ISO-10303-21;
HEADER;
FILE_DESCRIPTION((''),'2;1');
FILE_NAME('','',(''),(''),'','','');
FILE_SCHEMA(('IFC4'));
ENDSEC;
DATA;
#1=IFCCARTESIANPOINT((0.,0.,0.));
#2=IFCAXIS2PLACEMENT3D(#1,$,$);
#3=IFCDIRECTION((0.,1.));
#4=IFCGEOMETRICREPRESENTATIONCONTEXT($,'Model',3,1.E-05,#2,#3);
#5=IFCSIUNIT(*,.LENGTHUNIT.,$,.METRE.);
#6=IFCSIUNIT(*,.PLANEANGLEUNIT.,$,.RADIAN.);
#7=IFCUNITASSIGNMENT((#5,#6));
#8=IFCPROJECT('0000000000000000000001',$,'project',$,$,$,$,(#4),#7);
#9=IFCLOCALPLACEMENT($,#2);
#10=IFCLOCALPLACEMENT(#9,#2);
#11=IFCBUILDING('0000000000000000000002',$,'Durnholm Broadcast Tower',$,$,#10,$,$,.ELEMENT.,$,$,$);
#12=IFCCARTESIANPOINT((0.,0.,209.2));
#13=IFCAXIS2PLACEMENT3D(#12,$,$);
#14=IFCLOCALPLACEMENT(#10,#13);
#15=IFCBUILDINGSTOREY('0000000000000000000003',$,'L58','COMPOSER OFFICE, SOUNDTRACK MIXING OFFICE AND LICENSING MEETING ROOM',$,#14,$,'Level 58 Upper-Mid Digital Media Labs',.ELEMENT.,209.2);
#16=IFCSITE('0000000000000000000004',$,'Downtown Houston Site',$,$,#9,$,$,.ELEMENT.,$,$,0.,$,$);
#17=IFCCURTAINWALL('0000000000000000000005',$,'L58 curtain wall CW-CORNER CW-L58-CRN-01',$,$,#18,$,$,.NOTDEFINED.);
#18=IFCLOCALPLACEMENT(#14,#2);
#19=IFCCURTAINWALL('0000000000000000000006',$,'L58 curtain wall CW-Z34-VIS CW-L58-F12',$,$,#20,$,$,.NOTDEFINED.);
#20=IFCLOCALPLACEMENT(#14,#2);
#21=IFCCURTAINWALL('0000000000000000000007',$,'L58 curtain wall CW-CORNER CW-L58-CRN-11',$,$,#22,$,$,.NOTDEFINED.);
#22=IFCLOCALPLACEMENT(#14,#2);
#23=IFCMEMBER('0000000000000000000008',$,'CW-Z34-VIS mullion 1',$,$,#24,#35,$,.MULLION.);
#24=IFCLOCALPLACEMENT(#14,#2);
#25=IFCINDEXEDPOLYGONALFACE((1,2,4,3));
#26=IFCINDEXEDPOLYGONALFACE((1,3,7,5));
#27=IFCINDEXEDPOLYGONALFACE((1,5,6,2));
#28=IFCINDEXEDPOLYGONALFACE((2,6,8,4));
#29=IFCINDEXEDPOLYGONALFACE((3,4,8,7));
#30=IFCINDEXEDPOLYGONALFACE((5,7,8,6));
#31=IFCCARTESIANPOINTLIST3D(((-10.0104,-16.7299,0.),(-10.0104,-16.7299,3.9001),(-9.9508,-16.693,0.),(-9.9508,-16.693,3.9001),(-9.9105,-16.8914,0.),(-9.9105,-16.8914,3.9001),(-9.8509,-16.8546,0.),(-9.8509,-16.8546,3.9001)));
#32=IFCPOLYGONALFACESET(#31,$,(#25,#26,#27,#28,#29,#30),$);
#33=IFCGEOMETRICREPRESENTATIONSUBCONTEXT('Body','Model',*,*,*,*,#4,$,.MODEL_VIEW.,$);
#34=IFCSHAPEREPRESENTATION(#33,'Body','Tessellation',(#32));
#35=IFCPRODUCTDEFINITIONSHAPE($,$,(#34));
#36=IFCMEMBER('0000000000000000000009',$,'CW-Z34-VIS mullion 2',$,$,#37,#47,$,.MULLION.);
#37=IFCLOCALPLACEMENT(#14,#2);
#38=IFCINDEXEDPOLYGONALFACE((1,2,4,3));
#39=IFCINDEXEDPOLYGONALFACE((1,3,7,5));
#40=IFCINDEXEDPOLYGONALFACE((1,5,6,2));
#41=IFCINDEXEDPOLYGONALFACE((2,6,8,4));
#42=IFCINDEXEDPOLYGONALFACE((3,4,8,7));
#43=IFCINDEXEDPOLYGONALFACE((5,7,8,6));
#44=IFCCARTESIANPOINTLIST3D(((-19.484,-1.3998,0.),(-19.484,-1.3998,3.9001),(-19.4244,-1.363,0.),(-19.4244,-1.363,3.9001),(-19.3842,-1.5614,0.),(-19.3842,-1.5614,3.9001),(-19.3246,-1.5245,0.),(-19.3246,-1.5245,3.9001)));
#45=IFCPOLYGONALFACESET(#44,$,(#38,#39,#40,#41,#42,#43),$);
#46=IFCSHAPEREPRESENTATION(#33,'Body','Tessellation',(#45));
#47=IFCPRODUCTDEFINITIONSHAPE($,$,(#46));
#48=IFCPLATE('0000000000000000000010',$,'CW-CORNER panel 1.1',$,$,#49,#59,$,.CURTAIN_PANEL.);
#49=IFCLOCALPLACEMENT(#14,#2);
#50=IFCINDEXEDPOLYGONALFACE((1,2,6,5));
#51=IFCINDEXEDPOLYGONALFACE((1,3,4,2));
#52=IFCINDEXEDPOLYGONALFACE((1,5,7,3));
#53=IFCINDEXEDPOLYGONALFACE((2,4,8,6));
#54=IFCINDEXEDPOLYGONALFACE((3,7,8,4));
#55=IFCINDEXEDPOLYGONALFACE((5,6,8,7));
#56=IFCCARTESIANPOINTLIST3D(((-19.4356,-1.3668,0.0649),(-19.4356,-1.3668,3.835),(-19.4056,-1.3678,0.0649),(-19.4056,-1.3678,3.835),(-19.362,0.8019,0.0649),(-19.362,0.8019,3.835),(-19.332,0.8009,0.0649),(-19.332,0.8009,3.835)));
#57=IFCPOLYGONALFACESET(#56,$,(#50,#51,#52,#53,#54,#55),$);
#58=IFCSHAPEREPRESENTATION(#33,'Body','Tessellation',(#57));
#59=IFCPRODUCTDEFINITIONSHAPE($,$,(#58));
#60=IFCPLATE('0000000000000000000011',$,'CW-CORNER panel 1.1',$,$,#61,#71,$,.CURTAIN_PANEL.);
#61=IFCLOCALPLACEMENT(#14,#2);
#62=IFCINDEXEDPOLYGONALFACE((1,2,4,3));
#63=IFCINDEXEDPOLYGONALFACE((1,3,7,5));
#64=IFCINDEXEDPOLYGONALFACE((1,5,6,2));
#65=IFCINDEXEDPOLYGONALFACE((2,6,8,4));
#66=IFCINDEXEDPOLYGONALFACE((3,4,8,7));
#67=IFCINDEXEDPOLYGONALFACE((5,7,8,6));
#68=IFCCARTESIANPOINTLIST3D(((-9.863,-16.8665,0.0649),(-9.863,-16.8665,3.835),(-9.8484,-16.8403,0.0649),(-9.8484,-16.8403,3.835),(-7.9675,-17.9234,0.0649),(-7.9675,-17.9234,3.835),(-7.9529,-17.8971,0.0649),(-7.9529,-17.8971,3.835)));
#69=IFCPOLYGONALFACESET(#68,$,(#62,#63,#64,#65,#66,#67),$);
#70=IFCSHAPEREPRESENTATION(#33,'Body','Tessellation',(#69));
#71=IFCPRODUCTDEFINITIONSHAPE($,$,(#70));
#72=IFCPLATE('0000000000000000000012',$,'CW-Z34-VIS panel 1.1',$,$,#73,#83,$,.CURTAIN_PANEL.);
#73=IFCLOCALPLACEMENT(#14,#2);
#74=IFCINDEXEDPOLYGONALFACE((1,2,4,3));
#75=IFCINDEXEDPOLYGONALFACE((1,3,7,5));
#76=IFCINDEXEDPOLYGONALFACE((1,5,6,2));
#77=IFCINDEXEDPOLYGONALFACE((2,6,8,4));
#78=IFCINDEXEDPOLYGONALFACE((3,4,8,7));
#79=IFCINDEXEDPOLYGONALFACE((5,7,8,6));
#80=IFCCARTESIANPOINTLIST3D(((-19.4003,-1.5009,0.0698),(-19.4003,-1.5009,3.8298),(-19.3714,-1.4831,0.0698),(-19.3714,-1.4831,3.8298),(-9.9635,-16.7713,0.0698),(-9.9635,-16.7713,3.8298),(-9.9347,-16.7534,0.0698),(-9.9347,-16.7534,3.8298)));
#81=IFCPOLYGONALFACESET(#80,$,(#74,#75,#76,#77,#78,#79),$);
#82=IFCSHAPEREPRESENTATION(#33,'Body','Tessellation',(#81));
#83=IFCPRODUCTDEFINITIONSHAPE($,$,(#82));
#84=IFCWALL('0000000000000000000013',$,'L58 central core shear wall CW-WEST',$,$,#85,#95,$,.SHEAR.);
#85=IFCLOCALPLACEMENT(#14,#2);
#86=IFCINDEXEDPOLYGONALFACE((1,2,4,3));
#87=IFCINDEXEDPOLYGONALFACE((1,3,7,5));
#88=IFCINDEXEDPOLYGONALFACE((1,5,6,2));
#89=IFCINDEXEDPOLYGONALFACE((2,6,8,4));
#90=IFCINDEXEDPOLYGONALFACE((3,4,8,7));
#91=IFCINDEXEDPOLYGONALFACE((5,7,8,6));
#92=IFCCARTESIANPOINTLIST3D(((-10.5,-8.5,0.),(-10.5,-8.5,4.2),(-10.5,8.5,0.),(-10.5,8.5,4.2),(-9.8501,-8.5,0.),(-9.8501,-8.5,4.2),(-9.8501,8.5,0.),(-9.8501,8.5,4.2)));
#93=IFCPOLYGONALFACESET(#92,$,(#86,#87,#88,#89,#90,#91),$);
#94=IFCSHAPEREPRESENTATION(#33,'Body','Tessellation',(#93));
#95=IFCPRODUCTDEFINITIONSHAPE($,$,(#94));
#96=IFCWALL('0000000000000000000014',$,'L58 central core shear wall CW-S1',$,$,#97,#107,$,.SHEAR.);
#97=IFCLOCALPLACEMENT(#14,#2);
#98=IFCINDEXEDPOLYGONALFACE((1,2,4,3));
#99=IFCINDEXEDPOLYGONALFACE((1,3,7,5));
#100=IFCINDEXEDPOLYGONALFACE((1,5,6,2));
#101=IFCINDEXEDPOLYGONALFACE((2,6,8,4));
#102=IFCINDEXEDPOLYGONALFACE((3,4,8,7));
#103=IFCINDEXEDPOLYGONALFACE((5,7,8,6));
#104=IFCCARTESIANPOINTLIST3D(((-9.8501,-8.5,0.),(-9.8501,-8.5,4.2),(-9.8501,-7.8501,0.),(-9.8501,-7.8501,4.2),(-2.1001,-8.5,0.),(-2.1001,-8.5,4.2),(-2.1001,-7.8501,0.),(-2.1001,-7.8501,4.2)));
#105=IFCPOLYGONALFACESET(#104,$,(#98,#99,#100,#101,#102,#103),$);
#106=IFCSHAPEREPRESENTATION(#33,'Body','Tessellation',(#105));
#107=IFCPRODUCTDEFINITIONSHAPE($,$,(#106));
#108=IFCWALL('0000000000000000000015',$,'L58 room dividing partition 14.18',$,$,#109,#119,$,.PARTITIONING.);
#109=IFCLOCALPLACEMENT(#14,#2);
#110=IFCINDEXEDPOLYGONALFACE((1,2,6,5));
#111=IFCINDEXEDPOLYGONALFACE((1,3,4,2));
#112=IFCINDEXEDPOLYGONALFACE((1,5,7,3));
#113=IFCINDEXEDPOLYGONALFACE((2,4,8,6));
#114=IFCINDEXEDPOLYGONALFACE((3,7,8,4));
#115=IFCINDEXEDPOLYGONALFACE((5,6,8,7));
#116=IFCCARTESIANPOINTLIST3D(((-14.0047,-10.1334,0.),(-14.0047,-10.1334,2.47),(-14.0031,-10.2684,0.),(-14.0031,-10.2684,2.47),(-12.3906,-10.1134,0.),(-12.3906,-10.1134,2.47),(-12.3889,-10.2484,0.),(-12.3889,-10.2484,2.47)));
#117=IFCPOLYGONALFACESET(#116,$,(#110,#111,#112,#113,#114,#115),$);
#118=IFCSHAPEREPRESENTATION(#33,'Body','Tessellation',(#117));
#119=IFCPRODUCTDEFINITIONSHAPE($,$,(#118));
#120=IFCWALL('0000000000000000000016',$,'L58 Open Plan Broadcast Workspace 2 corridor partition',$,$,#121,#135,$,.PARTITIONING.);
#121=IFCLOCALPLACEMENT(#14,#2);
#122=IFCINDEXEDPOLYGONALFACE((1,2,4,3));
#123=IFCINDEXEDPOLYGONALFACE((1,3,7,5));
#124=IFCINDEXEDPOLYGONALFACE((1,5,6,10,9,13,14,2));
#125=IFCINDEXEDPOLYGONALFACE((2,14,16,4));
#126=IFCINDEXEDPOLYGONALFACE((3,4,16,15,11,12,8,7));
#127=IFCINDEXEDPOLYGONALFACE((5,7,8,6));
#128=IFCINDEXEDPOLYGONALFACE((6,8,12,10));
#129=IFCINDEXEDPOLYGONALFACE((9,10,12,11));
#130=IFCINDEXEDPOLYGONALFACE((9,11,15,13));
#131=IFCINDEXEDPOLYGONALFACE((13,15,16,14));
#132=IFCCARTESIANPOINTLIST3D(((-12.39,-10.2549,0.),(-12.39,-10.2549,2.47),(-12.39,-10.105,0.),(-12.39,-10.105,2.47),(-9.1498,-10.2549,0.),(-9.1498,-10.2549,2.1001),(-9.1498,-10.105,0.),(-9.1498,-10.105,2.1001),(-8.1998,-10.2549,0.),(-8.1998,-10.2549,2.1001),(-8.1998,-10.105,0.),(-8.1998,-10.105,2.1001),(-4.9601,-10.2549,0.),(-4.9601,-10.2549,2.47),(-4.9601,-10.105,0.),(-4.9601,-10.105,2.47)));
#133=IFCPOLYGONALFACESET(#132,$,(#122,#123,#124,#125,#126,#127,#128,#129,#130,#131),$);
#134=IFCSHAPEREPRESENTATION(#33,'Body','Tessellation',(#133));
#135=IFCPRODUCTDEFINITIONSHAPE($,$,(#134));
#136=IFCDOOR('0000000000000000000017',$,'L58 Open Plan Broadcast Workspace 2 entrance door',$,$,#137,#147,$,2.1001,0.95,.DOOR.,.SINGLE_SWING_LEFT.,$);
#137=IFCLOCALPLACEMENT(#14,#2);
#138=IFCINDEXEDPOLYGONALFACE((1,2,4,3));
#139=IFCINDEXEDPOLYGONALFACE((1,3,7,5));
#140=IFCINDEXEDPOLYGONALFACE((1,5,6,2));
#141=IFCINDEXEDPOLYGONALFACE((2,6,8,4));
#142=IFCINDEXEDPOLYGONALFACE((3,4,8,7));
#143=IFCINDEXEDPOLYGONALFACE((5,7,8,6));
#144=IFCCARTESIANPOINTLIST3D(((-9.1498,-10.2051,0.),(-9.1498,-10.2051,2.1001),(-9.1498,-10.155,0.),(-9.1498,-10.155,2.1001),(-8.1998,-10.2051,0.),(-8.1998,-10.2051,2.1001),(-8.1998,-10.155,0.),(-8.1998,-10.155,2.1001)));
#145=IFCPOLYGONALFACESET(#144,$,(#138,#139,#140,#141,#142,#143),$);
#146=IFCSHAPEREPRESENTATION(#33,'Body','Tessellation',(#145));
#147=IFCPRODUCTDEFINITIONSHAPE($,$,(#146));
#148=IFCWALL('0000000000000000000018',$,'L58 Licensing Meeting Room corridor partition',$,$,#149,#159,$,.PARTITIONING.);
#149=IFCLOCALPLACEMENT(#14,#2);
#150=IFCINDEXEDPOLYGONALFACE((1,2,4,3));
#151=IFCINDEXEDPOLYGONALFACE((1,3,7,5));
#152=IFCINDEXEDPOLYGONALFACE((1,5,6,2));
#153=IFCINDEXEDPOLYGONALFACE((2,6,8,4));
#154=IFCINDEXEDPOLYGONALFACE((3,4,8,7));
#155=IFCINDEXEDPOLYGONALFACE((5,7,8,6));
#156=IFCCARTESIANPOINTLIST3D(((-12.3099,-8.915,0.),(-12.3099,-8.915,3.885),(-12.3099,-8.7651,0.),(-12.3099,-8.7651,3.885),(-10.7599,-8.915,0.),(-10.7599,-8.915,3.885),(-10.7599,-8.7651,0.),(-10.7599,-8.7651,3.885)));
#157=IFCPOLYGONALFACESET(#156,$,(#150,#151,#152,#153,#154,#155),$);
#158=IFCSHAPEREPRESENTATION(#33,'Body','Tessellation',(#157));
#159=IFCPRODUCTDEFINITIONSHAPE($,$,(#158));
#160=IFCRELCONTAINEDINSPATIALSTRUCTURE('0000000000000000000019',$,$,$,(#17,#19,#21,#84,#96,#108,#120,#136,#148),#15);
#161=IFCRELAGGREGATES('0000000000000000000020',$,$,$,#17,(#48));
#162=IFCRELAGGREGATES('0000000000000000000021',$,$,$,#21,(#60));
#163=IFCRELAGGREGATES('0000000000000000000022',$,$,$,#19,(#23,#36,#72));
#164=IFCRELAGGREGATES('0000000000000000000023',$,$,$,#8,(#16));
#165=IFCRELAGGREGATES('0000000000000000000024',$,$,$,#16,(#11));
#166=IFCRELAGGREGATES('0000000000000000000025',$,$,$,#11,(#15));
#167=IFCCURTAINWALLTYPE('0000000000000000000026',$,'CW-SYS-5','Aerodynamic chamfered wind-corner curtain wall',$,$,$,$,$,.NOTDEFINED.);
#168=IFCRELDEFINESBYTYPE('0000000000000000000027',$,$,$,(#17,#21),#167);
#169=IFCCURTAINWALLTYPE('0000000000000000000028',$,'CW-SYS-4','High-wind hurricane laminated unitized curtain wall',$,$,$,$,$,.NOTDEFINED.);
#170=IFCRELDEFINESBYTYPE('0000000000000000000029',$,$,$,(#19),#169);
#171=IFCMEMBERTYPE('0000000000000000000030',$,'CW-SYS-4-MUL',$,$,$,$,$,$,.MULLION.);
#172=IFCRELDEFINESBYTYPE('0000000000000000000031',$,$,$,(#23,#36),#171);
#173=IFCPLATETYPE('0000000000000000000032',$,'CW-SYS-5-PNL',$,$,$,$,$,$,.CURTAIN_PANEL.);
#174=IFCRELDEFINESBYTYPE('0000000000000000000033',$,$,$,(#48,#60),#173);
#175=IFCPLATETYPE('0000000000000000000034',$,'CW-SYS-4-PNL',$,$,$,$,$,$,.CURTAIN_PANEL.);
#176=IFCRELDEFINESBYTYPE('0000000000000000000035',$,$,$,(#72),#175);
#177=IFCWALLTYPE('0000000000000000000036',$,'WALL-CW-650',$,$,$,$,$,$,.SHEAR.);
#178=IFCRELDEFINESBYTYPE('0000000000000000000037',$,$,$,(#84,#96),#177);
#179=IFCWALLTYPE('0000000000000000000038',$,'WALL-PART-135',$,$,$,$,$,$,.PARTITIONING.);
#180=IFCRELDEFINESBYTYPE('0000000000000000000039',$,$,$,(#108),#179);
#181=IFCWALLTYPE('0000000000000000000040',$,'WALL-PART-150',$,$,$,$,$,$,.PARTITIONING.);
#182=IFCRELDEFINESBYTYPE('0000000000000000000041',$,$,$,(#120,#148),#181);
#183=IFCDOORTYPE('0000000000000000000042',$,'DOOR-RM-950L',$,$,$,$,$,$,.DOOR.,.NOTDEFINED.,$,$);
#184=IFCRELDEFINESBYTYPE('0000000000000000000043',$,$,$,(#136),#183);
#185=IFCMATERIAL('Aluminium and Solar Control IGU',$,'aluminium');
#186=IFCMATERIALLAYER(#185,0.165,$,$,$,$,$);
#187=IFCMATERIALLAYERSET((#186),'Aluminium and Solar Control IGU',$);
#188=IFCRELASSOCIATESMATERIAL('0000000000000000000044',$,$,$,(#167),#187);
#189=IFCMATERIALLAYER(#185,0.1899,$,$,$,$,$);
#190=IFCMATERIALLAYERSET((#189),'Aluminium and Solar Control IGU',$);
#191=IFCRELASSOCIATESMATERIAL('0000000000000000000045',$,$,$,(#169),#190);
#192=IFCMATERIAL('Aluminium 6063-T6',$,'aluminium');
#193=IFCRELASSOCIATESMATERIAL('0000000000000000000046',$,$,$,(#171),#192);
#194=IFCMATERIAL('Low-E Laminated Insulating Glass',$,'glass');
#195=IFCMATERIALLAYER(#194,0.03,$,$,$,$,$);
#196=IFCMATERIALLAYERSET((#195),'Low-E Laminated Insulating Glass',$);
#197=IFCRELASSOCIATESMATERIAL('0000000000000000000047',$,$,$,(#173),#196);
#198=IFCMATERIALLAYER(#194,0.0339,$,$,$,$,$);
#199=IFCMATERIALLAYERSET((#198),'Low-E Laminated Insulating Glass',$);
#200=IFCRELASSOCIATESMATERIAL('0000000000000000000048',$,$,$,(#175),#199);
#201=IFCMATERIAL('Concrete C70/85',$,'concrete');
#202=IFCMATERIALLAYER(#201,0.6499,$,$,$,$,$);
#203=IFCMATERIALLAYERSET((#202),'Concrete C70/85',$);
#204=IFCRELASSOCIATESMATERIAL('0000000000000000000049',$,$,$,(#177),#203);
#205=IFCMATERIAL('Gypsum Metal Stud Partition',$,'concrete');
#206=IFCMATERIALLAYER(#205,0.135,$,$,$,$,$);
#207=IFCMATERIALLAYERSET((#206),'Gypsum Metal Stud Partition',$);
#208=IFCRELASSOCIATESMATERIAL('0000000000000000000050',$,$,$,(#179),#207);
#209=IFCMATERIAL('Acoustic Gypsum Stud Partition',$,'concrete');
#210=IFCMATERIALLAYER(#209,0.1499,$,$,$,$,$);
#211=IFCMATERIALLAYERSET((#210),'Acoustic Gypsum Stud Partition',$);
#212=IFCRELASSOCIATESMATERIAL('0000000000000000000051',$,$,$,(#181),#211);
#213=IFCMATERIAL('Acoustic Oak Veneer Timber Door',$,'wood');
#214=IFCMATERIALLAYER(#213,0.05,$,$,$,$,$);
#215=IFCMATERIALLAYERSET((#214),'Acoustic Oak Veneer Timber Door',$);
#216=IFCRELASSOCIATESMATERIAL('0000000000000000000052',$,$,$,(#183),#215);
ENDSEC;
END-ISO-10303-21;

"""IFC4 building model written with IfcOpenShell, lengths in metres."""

from ifc_helpers import new_model, si_unit, direction, frame, frame_2d, origin, origin_2d, place, context, subcontext, project, spatial, rectangle, extrude, source, transform, mapped, material, layer, layer_set, material_profile, profile_set, type_object, type_shapes, element, fill, aggregate, save


model = new_model("IFC4")

# Units and contexts
model_context = context("Model", 3, precision=1e-05, world=origin(), true_north=direction((0.0, 1.0)))
body_context = subcontext(model_context, "Body", "Model", "MODEL_VIEW")
ifc_project = project(units=[si_unit("LENGTHUNIT", "METRE"), si_unit("PLANEANGLEUNIT", "RADIAN")], contexts=[model_context])

# Site, building, storey
site_placement = place(None, origin())
site = spatial("IfcSite", under=ifc_project, at=site_placement, Name="Downtown Houston Site", CompositionType="ELEMENT", RefElevation=0.0)
building_placement = place(site_placement, origin())
building = spatial("IfcBuilding", under=site, at=building_placement, Name="Durnholm Broadcast Tower", CompositionType="ELEMENT")
storey_placement = place(building_placement, frame((0.0, 0.0, 209.2)))
storey = spatial("IfcBuildingStorey", under=building, at=storey_placement, Name="L58", Description="COMPOSER OFFICE, SOUNDTRACK MIXING OFFICE AND LICENSING MEETING ROOM", LongName="Level 58 Upper-Mid Digital Media Labs", CompositionType="ELEMENT", Elevation=209.2)

# Shared definitions
ifc_material_1 = material(Name="Concrete C70/85", Category="concrete")

# Curtain walls
ifc_material_2 = material(Name="Aluminium and Solar Control IGU", Category="aluminium")
ifc_layer_1 = layer(ifc_material_2, 0.165)
ifc_layer_set_1 = layer_set([ifc_layer_1], Name="Aluminium and Solar Control IGU")
curtain_wall_type_1 = type_object("IfcCurtainWallType", Name="CW-SYS-5", Description="Aerodynamic chamfered wind-corner curtain wall", PredefinedType="NOTDEFINED", material=ifc_layer_set_1)
curtain_wall_1_placement = place(storey_placement, origin())
curtain_wall_1 = element("IfcCurtainWall", 1, at=curtain_wall_1_placement, inside=storey, type_object=curtain_wall_type_1, Name="L58 curtain wall CW-CORNER CW-L58-CRN-01", PredefinedType="NOTDEFINED")
ifc_material_3 = material(Name="Aluminium 6063-T6", Category="aluminium")
ifc_layer_2 = layer(ifc_material_2, 0.1899)
ifc_layer_set_2 = layer_set([ifc_layer_2], Name="Aluminium and Solar Control IGU")
curtain_wall_type_2 = type_object("IfcCurtainWallType", Name="CW-SYS-4", Description="High-wind hurricane laminated unitized curtain wall", PredefinedType="NOTDEFINED", material=ifc_layer_set_2)
curtain_wall_2_placement = place(storey_placement, origin())
curtain_wall_2 = element("IfcCurtainWall", 2, at=curtain_wall_2_placement, inside=storey, type_object=curtain_wall_type_2, Name="L58 curtain wall CW-Z34-VIS CW-L58-F12", PredefinedType="NOTDEFINED")

# Curtain wall
curtain_wall_3_placement = place(storey_placement, origin())
curtain_wall_3 = element("IfcCurtainWall", 3, at=curtain_wall_3_placement, inside=storey, type_object=curtain_wall_type_1, Name="L58 curtain wall CW-CORNER CW-L58-CRN-11", PredefinedType="NOTDEFINED")

# Members
ifc_material_profile_1 = material_profile(ifc_material_3, rectangle(XDim=0.0701, YDim=0.1899, at=origin_2d()), Name="CWM70X190")
ifc_profile_set_1 = profile_set([ifc_material_profile_1], Name="Aluminium 6063-T6")
member_type_1 = type_object("IfcMemberType", Name="CW-SYS-4-MUL", PredefinedType="MULLION", material=ifc_profile_set_1)
shared_shape_1 = source(origin(), body_context, "Body", "SweptSolid", [
    extrude(rectangle(XDim=0.0701, YDim=0.1899, at=origin_2d()), origin(), (0.0, 0.0, 1.0), 3.9001),
])
type_shapes(member_type_1, [shared_shape_1])
member_1_placement = place(storey_placement, frame((-9.9307, -16.7922, 0.0), z_axis=(0.0, 0.0, 1.0), x_axis=(-0.850671, -0.525698, 0.0)))
member_1 = element("IfcMember", 4, at=member_1_placement, type_object=member_type_1, Name="CW-Z34-VIS mullion 1", PredefinedType="MULLION", context=body_context, shape_type="MappedRepresentation", body=[
    mapped(shared_shape_1, transform((0.0, 0.0, 0.0), x_axis=(1.0, 0.0, 0.0), y_axis=(0.0, 1.0, 0.0), z_axis=(0.0, 0.0, 1.0), scale=1.0)),
])
member_2_placement = place(storey_placement, frame((-19.4043, -1.4622, 0.0), z_axis=(0.0, 0.0, 1.0), x_axis=(-0.850671, -0.525698, 0.0)))
member_2 = element("IfcMember", 5, at=member_2_placement, type_object=member_type_1, Name="CW-Z34-VIS mullion 2", PredefinedType="MULLION", context=body_context, shape_type="MappedRepresentation", body=[
    mapped(shared_shape_1, transform((0.0, 0.0, 0.0), x_axis=(1.0, 0.0, 0.0), y_axis=(0.0, 1.0, 0.0), z_axis=(0.0, 0.0, 1.0), scale=1.0)),
])

# Plates
ifc_material_4 = material(Name="Low-E Laminated Insulating Glass", Category="glass")
ifc_layer_3 = layer(ifc_material_4, 0.03)
ifc_layer_set_3 = layer_set([ifc_layer_3], Name="Low-E Laminated Insulating Glass")
plate_type_1 = type_object("IfcPlateType", Name="CW-SYS-5-PNL", PredefinedType="CURTAIN_PANEL", material=ifc_layer_set_3)
shared_shape_2 = source(origin(), body_context, "Body", "SweptSolid", [
    extrude(rectangle(XDim=2.1699, YDim=0.03, at=origin_2d()), origin(), (0.0, 0.0, 1.0), 3.77),
])
plate_1_placement = place(storey_placement, frame((-19.3838, -0.283, 0.0649), z_axis=(0.0, 0.0, 1.0), x_axis=(0.033913, 0.999425, 0.0)))
plate_1 = element("IfcPlate", 6, at=plate_1_placement, type_object=plate_type_1, Name="CW-CORNER panel 1.1", PredefinedType="CURTAIN_PANEL", context=body_context, shape_type="MappedRepresentation", body=[
    mapped(shared_shape_2, transform((0.0, 0.0, 0.0), x_axis=(1.0, 0.0, 0.0), y_axis=(0.0, 1.0, 0.0), z_axis=(0.0, 0.0, 1.0), scale=1.0)),
])
aggregate(curtain_wall_1, [plate_1])
shared_shape_3 = source(origin(), body_context, "Body", "SweptSolid", [
    extrude(rectangle(XDim=2.1702, YDim=0.03, at=origin_2d()), origin(), (0.0, 0.0, 1.0), 3.77),
])
type_shapes(plate_type_1, [shared_shape_2, shared_shape_3])
plate_2_placement = place(storey_placement, frame((-8.908, -17.3818, 0.0649), z_axis=(0.0, 0.0, 1.0), x_axis=(-0.87341, 0.486986, 0.0)))
plate_2 = element("IfcPlate", 7, at=plate_2_placement, type_object=plate_type_1, Name="CW-CORNER panel 1.1", PredefinedType="CURTAIN_PANEL", context=body_context, shape_type="MappedRepresentation", body=[
    mapped(shared_shape_3, transform((0.0, 0.0, 0.0), x_axis=(1.0, 0.0, 0.0), y_axis=(0.0, 1.0, 0.0), z_axis=(0.0, 0.0, 1.0), scale=1.0)),
])
aggregate(curtain_wall_3, [plate_2])
ifc_layer_4 = layer(ifc_material_4, 0.0339)
ifc_layer_set_4 = layer_set([ifc_layer_4], Name="Low-E Laminated Insulating Glass")
plate_type_2 = type_object("IfcPlateType", Name="CW-SYS-4-PNL", PredefinedType="CURTAIN_PANEL", material=ifc_layer_set_4)
shared_shape_4 = source(origin(), body_context, "Body", "SweptSolid", [
    extrude(rectangle(XDim=17.9509, YDim=0.0339, at=origin_2d()), origin(), (0.0, 0.0, 1.0), 3.76),
])
type_shapes(plate_type_2, [shared_shape_4])
plate_3_placement = place(storey_placement, frame((-14.6675, -9.1272, 0.0698), z_axis=(0.0, 0.0, 1.0), x_axis=(-0.525698, 0.850671, 0.0)))
plate_3 = element("IfcPlate", 8, at=plate_3_placement, type_object=plate_type_2, Name="CW-Z34-VIS panel 1.1", PredefinedType="CURTAIN_PANEL", context=body_context, shape_type="MappedRepresentation", body=[
    mapped(shared_shape_4, transform((0.0, 0.0, 0.0), x_axis=(1.0, 0.0, 0.0), y_axis=(0.0, 1.0, 0.0), z_axis=(0.0, 0.0, 1.0), scale=1.0)),
])
aggregate(curtain_wall_2, [member_1, member_2, plate_3])

# Walls
ifc_layer_5 = layer(ifc_material_1, 0.6499)
ifc_layer_set_5 = layer_set([ifc_layer_5], Name="Concrete C70/85")
wall_type_1 = type_object("IfcWallType", Name="WALL-CW-650", PredefinedType="SHEAR", material=ifc_layer_set_5)
wall_1_placement = place(storey_placement, frame((-10.175, -8.5, 0.0), z_axis=(0.0, 0.0, 1.0), x_axis=(0.0, 1.0, 0.0)))
element("IfcWall", 9, at=wall_1_placement, inside=storey, type_object=wall_type_1, Name="L58 central core shear wall CW-WEST", PredefinedType="SHEAR", context=body_context, shape_type="SweptSolid", body=[
    extrude(rectangle(XDim=17.0, YDim=0.6499, at=frame_2d((8.5, 0.0))), origin(), (0.0, 0.0, 1.0), 4.2),
])
wall_2_placement = place(storey_placement, frame((-9.8501, -8.175, 0.0), z_axis=(0.0, 0.0, 1.0), x_axis=(1.0, 0.0, 0.0)))
element("IfcWall", 10, at=wall_2_placement, inside=storey, type_object=wall_type_1, Name="L58 central core shear wall CW-S1", PredefinedType="SHEAR", context=body_context, shape_type="SweptSolid", body=[
    extrude(rectangle(XDim=7.75, YDim=0.6499, at=frame_2d((3.875, 0.0))), origin(), (0.0, 0.0, 1.0), 4.2),
])
ifc_material_5 = material(Name="Gypsum Metal Stud Partition", Category="concrete")
ifc_layer_6 = layer(ifc_material_5, 0.135)
ifc_layer_set_6 = layer_set([ifc_layer_6], Name="Gypsum Metal Stud Partition")
wall_type_2 = type_object("IfcWallType", Name="WALL-PART-135", PredefinedType="PARTITIONING", material=ifc_layer_set_6)
wall_3_placement = place(storey_placement, frame((-14.0039, -10.2009, 0.0), z_axis=(0.0, 0.0, 1.0), x_axis=(0.999923, 0.012403, 0.0)))
element("IfcWall", 11, at=wall_3_placement, inside=storey, type_object=wall_type_2, Name="L58 room dividing partition 14.18", PredefinedType="PARTITIONING", context=body_context, shape_type="SweptSolid", body=[
    extrude(rectangle(XDim=1.6143, YDim=0.135, at=frame_2d((0.8071, 0.0))), origin(), (0.0, 0.0, 1.0), 2.47),
])

# Wall, opening, door
ifc_material_6 = material(Name="Acoustic Gypsum Stud Partition", Category="concrete")
ifc_layer_7 = layer(ifc_material_6, 0.1499)
ifc_layer_set_7 = layer_set([ifc_layer_7], Name="Acoustic Gypsum Stud Partition")
wall_type_3 = type_object("IfcWallType", Name="WALL-PART-150", PredefinedType="PARTITIONING", material=ifc_layer_set_7)
wall_4_placement = place(storey_placement, frame((-12.3899, -10.1799, 0.0), z_axis=(0.0, 0.0, 1.0), x_axis=(1.0, 0.0, 0.0)))
wall_4 = element("IfcWall", 12, at=wall_4_placement, inside=storey, type_object=wall_type_3, Name="L58 Open Plan Broadcast Workspace 2 corridor partition", PredefinedType="PARTITIONING", context=body_context, shape_type="SweptSolid", body=[
    extrude(rectangle(XDim=7.4299, YDim=0.1499, at=frame_2d((3.7148, 0.0))), origin(), (0.0, 0.0, 1.0), 2.47),
])
opening_1_placement = place(wall_4_placement, frame((3.24, 0.0, 0.0)))
opening_1 = element("IfcOpeningElement", 13, at=opening_1_placement, cuts=wall_4, PredefinedType="OPENING", context=body_context, shape_type="SweptSolid", body=[
    extrude(rectangle(XDim=0.95, YDim=2.1001, at=frame_2d((0.4751, 1.05))), frame((0.0, 0.085, 0.0), z_axis=(0.0, -1.0, 0.0), x_axis=(1.0, 0.0, 0.0)), (0.0, 0.0, 1.0), 0.1699),
])
ifc_material_7 = material(Name="Acoustic Oak Veneer Timber Door", Category="wood")
ifc_layer_8 = layer(ifc_material_7, 0.05)
ifc_layer_set_8 = layer_set([ifc_layer_8], Name="Acoustic Oak Veneer Timber Door")
door_type_1 = type_object("IfcDoorType", Name="DOOR-RM-950L", OperationType="NOTDEFINED", PredefinedType="DOOR", material=ifc_layer_set_8)
shared_shape_5 = source(origin(), body_context, "Body", "SweptSolid", [
    extrude(rectangle(XDim=0.95, YDim=2.1001, at=frame_2d((0.4751, 1.05))), frame((0.0, 0.0249, 0.0), z_axis=(0.0, -1.0, 0.0), x_axis=(1.0, 0.0, 0.0)), (0.0, 0.0, 1.0), 0.05),
])
type_shapes(door_type_1, [shared_shape_5])
door_1_placement = place(opening_1_placement, origin())
door_1 = element("IfcDoor", 14, at=door_1_placement, inside=storey, type_object=door_type_1, Name="L58 Open Plan Broadcast Workspace 2 entrance door", OperationType="SINGLE_SWING_LEFT", OverallHeight=2.1001, OverallWidth=0.95, PredefinedType="DOOR", context=body_context, shape_type="MappedRepresentation", body=[
    mapped(shared_shape_5, transform((0.0, 0.0, 0.0), x_axis=(1.0, 0.0, 0.0), y_axis=(0.0, 1.0, 0.0), z_axis=(0.0, 0.0, 1.0), scale=1.0)),
])
fill(opening_1, door_1)

# Wall
wall_5_placement = place(storey_placement, frame((-10.76, -8.8401, 0.0), z_axis=(0.0, 0.0, 1.0), x_axis=(-1.0, 0.0, 0.0)))
element("IfcWall", 15, at=wall_5_placement, inside=storey, type_object=wall_type_3, Name="L58 Licensing Meeting Room corridor partition", PredefinedType="PARTITIONING", context=body_context, shape_type="SweptSolid", body=[
    extrude(rectangle(XDim=1.55, YDim=0.1499, at=frame_2d((0.7749, 0.0))), origin(), (0.0, 0.0, 1.0), 3.885),
])

save(model, "model.ifc")
